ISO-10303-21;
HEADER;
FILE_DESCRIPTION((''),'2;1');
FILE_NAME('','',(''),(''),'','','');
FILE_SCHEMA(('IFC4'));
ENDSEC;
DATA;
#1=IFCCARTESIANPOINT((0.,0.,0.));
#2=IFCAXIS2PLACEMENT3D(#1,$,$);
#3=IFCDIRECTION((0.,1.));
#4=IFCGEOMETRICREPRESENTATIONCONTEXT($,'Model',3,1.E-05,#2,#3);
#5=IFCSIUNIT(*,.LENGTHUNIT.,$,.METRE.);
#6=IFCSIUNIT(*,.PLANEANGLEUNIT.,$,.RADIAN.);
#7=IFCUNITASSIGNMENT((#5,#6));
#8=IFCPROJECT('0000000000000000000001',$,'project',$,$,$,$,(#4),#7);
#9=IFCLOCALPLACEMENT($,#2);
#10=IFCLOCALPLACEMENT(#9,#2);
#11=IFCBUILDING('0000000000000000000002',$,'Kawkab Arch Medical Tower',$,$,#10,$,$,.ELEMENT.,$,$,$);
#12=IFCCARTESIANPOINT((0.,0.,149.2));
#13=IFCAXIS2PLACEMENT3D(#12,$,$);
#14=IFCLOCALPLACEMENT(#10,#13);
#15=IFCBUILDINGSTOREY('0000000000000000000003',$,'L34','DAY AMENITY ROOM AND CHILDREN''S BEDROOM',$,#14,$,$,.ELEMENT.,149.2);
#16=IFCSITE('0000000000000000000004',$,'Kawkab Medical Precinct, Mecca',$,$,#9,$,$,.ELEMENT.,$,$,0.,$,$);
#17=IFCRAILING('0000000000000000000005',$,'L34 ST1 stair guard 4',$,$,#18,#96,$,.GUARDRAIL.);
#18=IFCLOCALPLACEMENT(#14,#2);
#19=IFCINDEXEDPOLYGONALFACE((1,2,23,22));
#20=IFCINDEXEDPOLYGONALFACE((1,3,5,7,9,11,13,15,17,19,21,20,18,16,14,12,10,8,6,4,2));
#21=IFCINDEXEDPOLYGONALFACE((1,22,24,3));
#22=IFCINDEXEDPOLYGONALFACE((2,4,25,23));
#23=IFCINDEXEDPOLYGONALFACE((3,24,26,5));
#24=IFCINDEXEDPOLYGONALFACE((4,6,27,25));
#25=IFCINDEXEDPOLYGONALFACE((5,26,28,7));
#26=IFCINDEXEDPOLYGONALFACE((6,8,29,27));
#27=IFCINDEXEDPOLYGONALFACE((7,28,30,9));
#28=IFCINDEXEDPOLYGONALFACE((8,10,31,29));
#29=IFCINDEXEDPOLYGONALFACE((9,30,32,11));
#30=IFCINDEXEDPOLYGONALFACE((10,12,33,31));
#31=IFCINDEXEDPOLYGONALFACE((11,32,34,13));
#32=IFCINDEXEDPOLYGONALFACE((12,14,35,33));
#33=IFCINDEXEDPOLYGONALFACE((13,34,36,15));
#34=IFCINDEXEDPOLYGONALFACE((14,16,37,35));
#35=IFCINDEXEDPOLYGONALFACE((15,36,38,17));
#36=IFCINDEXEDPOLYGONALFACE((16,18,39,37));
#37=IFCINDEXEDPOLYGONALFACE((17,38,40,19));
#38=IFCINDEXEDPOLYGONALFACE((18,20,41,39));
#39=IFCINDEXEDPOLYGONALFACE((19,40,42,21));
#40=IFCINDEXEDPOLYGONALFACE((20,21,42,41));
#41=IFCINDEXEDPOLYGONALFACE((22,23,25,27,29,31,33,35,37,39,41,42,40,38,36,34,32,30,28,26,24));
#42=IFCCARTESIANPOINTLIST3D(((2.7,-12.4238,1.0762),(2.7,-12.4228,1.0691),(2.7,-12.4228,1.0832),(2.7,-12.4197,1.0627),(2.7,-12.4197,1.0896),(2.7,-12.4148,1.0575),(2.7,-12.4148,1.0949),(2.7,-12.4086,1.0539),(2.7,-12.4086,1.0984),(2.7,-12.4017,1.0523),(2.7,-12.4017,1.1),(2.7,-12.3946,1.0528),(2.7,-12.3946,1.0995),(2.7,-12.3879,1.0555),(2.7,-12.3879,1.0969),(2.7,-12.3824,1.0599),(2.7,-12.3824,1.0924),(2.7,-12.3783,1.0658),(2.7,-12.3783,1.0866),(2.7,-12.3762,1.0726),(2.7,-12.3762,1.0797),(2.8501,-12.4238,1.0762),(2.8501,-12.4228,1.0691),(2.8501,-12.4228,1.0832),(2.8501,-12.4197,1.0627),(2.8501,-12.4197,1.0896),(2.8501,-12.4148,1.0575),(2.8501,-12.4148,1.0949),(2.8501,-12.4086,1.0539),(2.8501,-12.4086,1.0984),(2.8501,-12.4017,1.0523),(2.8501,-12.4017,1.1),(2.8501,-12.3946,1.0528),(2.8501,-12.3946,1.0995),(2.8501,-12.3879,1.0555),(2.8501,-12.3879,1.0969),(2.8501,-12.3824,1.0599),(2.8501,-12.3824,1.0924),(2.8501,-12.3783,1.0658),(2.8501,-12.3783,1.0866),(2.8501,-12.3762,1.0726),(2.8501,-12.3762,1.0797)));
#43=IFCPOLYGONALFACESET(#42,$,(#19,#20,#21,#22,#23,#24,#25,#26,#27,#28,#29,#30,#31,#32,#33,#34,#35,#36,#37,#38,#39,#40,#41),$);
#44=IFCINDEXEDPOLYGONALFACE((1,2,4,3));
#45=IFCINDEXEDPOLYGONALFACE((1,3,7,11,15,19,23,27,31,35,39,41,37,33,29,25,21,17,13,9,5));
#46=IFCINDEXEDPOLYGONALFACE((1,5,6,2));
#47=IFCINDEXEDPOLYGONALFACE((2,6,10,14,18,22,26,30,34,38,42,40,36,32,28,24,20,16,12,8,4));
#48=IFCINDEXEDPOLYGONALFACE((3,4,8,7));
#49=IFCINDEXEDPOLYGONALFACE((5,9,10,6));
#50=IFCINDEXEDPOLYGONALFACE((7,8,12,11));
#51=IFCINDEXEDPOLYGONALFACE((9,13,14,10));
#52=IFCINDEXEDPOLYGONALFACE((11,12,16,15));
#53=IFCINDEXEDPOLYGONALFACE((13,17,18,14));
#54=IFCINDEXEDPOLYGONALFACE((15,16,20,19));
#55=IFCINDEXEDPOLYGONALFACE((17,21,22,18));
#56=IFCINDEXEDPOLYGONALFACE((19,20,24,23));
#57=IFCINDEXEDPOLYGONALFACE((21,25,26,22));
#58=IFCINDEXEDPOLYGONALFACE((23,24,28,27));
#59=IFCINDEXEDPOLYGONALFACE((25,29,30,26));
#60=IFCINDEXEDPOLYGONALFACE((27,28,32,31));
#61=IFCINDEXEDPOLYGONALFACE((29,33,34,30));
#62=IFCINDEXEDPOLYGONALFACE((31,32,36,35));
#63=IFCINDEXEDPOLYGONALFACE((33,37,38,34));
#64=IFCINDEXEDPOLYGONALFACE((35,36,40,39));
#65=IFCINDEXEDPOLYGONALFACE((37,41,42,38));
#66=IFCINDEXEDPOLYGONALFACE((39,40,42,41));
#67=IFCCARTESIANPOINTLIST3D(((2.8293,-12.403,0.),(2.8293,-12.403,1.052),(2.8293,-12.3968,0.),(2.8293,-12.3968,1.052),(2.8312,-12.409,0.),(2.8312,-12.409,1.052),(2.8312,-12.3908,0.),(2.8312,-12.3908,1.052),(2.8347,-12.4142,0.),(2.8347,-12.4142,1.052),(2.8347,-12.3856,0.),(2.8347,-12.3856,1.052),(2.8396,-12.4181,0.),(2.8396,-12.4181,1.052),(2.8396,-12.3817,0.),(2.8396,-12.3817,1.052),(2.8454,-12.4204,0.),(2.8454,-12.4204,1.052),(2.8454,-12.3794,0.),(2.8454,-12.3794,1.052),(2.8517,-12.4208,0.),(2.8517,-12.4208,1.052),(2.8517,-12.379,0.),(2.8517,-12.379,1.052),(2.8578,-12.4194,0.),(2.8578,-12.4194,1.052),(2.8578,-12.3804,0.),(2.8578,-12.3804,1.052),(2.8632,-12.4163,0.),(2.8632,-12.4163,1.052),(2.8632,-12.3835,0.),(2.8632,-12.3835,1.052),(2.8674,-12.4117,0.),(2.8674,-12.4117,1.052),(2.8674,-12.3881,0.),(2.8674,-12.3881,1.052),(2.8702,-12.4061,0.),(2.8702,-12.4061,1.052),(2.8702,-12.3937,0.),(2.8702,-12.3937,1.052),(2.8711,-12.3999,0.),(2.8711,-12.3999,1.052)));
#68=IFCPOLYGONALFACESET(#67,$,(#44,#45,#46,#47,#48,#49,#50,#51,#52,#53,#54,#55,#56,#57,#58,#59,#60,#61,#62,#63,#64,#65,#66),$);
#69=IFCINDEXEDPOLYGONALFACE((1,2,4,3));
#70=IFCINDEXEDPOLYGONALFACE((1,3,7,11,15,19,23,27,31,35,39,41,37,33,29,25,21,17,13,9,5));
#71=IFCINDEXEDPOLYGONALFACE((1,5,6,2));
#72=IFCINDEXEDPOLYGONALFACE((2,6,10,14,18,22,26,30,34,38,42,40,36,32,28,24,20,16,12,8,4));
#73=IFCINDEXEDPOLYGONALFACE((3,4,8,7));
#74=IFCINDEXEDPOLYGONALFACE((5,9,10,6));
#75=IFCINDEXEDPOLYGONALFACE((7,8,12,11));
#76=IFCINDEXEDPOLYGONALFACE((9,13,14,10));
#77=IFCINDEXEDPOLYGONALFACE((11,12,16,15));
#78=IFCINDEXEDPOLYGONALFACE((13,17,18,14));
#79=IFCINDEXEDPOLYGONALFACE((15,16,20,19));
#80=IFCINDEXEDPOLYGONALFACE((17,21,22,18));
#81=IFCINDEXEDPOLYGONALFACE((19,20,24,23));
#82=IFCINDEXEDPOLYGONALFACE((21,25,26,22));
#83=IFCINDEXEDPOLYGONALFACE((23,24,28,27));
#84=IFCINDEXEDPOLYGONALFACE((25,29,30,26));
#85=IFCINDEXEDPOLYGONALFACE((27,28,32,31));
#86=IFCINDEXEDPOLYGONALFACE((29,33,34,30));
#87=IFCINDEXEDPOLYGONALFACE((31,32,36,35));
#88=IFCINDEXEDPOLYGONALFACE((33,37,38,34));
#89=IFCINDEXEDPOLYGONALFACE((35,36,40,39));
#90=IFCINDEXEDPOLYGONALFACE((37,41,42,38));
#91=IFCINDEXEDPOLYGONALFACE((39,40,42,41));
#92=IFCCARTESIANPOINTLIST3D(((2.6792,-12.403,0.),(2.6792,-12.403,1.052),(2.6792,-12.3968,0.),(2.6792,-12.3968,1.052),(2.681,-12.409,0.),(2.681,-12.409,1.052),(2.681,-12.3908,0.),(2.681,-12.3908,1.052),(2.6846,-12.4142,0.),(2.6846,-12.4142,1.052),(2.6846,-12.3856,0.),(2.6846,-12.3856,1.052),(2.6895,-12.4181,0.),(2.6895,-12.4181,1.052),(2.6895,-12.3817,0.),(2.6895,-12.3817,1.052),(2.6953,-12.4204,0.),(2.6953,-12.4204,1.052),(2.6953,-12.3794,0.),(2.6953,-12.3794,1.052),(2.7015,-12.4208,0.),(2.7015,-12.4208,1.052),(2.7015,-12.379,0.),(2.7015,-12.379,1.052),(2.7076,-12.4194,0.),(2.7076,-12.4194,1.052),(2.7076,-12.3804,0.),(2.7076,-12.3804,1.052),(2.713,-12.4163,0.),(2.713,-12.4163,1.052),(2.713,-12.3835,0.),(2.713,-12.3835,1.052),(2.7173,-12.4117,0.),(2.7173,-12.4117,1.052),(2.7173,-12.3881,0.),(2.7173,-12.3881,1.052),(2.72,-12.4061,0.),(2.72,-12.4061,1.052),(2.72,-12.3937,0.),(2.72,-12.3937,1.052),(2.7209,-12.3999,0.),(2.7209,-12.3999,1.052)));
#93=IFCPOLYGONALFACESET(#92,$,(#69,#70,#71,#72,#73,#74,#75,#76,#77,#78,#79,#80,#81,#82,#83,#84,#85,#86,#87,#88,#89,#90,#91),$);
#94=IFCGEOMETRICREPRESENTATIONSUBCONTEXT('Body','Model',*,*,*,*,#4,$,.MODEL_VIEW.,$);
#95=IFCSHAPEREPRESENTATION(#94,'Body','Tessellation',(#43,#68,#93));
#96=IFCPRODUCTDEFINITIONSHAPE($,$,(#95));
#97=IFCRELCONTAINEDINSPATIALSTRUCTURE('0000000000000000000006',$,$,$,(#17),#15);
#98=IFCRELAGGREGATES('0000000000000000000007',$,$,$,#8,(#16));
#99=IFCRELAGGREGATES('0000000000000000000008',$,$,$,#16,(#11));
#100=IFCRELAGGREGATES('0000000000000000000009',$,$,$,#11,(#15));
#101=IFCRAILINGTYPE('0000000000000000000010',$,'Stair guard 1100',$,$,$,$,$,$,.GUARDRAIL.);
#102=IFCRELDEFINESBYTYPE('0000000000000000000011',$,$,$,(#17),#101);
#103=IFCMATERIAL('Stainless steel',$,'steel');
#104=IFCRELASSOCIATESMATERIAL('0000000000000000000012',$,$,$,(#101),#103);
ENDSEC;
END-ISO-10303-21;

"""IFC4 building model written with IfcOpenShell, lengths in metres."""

from ifc_helpers import new_model, si_unit, direction, frame, origin, origin_2d, place, context, subcontext, project, spatial, circle, extrude, material, type_object, element, save


model = new_model("IFC4")

# Units and contexts
model_context = context("Model", 3, precision=1e-05, world=origin(), true_north=direction((0.0, 1.0)))
body_context = subcontext(model_context, "Body", "Model", "MODEL_VIEW")
ifc_project = project(units=[si_unit("LENGTHUNIT", "METRE"), si_unit("PLANEANGLEUNIT", "RADIAN")], contexts=[model_context])

# Site, building, storey
site_placement = place(None, origin())
site = spatial("IfcSite", under=ifc_project, at=site_placement, Name="Kawkab Medical Precinct, Mecca", CompositionType="ELEMENT", RefElevation=0.0)
building_placement = place(site_placement, origin())
building = spatial("IfcBuilding", under=site, at=building_placement, Name="Kawkab Arch Medical Tower", CompositionType="ELEMENT")
storey_placement = place(building_placement, frame((0.0, 0.0, 149.2)))
storey = spatial("IfcBuildingStorey", under=building, at=storey_placement, Name="L34", Description="DAY AMENITY ROOM AND CHILDREN'S BEDROOM", CompositionType="ELEMENT", Elevation=149.2)

# Railing
ifc_material_1 = material(Name="Stainless steel", Category="steel")
railing_type_1 = type_object("IfcRailingType", Name="Stair guard 1100", PredefinedType="GUARDRAIL", material=ifc_material_1)
railing_1_placement = place(storey_placement, frame((2.8501, -12.3999, 0.0)))
element("IfcRailing", 1, at=railing_1_placement, inside=storey, type_object=railing_type_1, Name="L34 ST1 stair guard 4", PredefinedType="GUARDRAIL", context=body_context, shape_type="SweptSolid", body=[
    extrude(circle(Radius=0.0239, at=origin_2d()), frame((0.0, 0.0, 1.0762), z_axis=(-1.0, 0.0, 0.0), x_axis=(0.0, -1.0, 0.0)), (0.0, 0.0, 1.0), 0.1501),
    extrude(circle(Radius=0.021, at=origin_2d()), origin(), (0.0, 0.0, 1.0), 1.052),
    extrude(circle(Radius=0.021, at=origin_2d()), frame((-0.1501, 0.0, 0.0)), (0.0, 0.0, 1.0), 1.052),
])

save(model, "model.ifc")
